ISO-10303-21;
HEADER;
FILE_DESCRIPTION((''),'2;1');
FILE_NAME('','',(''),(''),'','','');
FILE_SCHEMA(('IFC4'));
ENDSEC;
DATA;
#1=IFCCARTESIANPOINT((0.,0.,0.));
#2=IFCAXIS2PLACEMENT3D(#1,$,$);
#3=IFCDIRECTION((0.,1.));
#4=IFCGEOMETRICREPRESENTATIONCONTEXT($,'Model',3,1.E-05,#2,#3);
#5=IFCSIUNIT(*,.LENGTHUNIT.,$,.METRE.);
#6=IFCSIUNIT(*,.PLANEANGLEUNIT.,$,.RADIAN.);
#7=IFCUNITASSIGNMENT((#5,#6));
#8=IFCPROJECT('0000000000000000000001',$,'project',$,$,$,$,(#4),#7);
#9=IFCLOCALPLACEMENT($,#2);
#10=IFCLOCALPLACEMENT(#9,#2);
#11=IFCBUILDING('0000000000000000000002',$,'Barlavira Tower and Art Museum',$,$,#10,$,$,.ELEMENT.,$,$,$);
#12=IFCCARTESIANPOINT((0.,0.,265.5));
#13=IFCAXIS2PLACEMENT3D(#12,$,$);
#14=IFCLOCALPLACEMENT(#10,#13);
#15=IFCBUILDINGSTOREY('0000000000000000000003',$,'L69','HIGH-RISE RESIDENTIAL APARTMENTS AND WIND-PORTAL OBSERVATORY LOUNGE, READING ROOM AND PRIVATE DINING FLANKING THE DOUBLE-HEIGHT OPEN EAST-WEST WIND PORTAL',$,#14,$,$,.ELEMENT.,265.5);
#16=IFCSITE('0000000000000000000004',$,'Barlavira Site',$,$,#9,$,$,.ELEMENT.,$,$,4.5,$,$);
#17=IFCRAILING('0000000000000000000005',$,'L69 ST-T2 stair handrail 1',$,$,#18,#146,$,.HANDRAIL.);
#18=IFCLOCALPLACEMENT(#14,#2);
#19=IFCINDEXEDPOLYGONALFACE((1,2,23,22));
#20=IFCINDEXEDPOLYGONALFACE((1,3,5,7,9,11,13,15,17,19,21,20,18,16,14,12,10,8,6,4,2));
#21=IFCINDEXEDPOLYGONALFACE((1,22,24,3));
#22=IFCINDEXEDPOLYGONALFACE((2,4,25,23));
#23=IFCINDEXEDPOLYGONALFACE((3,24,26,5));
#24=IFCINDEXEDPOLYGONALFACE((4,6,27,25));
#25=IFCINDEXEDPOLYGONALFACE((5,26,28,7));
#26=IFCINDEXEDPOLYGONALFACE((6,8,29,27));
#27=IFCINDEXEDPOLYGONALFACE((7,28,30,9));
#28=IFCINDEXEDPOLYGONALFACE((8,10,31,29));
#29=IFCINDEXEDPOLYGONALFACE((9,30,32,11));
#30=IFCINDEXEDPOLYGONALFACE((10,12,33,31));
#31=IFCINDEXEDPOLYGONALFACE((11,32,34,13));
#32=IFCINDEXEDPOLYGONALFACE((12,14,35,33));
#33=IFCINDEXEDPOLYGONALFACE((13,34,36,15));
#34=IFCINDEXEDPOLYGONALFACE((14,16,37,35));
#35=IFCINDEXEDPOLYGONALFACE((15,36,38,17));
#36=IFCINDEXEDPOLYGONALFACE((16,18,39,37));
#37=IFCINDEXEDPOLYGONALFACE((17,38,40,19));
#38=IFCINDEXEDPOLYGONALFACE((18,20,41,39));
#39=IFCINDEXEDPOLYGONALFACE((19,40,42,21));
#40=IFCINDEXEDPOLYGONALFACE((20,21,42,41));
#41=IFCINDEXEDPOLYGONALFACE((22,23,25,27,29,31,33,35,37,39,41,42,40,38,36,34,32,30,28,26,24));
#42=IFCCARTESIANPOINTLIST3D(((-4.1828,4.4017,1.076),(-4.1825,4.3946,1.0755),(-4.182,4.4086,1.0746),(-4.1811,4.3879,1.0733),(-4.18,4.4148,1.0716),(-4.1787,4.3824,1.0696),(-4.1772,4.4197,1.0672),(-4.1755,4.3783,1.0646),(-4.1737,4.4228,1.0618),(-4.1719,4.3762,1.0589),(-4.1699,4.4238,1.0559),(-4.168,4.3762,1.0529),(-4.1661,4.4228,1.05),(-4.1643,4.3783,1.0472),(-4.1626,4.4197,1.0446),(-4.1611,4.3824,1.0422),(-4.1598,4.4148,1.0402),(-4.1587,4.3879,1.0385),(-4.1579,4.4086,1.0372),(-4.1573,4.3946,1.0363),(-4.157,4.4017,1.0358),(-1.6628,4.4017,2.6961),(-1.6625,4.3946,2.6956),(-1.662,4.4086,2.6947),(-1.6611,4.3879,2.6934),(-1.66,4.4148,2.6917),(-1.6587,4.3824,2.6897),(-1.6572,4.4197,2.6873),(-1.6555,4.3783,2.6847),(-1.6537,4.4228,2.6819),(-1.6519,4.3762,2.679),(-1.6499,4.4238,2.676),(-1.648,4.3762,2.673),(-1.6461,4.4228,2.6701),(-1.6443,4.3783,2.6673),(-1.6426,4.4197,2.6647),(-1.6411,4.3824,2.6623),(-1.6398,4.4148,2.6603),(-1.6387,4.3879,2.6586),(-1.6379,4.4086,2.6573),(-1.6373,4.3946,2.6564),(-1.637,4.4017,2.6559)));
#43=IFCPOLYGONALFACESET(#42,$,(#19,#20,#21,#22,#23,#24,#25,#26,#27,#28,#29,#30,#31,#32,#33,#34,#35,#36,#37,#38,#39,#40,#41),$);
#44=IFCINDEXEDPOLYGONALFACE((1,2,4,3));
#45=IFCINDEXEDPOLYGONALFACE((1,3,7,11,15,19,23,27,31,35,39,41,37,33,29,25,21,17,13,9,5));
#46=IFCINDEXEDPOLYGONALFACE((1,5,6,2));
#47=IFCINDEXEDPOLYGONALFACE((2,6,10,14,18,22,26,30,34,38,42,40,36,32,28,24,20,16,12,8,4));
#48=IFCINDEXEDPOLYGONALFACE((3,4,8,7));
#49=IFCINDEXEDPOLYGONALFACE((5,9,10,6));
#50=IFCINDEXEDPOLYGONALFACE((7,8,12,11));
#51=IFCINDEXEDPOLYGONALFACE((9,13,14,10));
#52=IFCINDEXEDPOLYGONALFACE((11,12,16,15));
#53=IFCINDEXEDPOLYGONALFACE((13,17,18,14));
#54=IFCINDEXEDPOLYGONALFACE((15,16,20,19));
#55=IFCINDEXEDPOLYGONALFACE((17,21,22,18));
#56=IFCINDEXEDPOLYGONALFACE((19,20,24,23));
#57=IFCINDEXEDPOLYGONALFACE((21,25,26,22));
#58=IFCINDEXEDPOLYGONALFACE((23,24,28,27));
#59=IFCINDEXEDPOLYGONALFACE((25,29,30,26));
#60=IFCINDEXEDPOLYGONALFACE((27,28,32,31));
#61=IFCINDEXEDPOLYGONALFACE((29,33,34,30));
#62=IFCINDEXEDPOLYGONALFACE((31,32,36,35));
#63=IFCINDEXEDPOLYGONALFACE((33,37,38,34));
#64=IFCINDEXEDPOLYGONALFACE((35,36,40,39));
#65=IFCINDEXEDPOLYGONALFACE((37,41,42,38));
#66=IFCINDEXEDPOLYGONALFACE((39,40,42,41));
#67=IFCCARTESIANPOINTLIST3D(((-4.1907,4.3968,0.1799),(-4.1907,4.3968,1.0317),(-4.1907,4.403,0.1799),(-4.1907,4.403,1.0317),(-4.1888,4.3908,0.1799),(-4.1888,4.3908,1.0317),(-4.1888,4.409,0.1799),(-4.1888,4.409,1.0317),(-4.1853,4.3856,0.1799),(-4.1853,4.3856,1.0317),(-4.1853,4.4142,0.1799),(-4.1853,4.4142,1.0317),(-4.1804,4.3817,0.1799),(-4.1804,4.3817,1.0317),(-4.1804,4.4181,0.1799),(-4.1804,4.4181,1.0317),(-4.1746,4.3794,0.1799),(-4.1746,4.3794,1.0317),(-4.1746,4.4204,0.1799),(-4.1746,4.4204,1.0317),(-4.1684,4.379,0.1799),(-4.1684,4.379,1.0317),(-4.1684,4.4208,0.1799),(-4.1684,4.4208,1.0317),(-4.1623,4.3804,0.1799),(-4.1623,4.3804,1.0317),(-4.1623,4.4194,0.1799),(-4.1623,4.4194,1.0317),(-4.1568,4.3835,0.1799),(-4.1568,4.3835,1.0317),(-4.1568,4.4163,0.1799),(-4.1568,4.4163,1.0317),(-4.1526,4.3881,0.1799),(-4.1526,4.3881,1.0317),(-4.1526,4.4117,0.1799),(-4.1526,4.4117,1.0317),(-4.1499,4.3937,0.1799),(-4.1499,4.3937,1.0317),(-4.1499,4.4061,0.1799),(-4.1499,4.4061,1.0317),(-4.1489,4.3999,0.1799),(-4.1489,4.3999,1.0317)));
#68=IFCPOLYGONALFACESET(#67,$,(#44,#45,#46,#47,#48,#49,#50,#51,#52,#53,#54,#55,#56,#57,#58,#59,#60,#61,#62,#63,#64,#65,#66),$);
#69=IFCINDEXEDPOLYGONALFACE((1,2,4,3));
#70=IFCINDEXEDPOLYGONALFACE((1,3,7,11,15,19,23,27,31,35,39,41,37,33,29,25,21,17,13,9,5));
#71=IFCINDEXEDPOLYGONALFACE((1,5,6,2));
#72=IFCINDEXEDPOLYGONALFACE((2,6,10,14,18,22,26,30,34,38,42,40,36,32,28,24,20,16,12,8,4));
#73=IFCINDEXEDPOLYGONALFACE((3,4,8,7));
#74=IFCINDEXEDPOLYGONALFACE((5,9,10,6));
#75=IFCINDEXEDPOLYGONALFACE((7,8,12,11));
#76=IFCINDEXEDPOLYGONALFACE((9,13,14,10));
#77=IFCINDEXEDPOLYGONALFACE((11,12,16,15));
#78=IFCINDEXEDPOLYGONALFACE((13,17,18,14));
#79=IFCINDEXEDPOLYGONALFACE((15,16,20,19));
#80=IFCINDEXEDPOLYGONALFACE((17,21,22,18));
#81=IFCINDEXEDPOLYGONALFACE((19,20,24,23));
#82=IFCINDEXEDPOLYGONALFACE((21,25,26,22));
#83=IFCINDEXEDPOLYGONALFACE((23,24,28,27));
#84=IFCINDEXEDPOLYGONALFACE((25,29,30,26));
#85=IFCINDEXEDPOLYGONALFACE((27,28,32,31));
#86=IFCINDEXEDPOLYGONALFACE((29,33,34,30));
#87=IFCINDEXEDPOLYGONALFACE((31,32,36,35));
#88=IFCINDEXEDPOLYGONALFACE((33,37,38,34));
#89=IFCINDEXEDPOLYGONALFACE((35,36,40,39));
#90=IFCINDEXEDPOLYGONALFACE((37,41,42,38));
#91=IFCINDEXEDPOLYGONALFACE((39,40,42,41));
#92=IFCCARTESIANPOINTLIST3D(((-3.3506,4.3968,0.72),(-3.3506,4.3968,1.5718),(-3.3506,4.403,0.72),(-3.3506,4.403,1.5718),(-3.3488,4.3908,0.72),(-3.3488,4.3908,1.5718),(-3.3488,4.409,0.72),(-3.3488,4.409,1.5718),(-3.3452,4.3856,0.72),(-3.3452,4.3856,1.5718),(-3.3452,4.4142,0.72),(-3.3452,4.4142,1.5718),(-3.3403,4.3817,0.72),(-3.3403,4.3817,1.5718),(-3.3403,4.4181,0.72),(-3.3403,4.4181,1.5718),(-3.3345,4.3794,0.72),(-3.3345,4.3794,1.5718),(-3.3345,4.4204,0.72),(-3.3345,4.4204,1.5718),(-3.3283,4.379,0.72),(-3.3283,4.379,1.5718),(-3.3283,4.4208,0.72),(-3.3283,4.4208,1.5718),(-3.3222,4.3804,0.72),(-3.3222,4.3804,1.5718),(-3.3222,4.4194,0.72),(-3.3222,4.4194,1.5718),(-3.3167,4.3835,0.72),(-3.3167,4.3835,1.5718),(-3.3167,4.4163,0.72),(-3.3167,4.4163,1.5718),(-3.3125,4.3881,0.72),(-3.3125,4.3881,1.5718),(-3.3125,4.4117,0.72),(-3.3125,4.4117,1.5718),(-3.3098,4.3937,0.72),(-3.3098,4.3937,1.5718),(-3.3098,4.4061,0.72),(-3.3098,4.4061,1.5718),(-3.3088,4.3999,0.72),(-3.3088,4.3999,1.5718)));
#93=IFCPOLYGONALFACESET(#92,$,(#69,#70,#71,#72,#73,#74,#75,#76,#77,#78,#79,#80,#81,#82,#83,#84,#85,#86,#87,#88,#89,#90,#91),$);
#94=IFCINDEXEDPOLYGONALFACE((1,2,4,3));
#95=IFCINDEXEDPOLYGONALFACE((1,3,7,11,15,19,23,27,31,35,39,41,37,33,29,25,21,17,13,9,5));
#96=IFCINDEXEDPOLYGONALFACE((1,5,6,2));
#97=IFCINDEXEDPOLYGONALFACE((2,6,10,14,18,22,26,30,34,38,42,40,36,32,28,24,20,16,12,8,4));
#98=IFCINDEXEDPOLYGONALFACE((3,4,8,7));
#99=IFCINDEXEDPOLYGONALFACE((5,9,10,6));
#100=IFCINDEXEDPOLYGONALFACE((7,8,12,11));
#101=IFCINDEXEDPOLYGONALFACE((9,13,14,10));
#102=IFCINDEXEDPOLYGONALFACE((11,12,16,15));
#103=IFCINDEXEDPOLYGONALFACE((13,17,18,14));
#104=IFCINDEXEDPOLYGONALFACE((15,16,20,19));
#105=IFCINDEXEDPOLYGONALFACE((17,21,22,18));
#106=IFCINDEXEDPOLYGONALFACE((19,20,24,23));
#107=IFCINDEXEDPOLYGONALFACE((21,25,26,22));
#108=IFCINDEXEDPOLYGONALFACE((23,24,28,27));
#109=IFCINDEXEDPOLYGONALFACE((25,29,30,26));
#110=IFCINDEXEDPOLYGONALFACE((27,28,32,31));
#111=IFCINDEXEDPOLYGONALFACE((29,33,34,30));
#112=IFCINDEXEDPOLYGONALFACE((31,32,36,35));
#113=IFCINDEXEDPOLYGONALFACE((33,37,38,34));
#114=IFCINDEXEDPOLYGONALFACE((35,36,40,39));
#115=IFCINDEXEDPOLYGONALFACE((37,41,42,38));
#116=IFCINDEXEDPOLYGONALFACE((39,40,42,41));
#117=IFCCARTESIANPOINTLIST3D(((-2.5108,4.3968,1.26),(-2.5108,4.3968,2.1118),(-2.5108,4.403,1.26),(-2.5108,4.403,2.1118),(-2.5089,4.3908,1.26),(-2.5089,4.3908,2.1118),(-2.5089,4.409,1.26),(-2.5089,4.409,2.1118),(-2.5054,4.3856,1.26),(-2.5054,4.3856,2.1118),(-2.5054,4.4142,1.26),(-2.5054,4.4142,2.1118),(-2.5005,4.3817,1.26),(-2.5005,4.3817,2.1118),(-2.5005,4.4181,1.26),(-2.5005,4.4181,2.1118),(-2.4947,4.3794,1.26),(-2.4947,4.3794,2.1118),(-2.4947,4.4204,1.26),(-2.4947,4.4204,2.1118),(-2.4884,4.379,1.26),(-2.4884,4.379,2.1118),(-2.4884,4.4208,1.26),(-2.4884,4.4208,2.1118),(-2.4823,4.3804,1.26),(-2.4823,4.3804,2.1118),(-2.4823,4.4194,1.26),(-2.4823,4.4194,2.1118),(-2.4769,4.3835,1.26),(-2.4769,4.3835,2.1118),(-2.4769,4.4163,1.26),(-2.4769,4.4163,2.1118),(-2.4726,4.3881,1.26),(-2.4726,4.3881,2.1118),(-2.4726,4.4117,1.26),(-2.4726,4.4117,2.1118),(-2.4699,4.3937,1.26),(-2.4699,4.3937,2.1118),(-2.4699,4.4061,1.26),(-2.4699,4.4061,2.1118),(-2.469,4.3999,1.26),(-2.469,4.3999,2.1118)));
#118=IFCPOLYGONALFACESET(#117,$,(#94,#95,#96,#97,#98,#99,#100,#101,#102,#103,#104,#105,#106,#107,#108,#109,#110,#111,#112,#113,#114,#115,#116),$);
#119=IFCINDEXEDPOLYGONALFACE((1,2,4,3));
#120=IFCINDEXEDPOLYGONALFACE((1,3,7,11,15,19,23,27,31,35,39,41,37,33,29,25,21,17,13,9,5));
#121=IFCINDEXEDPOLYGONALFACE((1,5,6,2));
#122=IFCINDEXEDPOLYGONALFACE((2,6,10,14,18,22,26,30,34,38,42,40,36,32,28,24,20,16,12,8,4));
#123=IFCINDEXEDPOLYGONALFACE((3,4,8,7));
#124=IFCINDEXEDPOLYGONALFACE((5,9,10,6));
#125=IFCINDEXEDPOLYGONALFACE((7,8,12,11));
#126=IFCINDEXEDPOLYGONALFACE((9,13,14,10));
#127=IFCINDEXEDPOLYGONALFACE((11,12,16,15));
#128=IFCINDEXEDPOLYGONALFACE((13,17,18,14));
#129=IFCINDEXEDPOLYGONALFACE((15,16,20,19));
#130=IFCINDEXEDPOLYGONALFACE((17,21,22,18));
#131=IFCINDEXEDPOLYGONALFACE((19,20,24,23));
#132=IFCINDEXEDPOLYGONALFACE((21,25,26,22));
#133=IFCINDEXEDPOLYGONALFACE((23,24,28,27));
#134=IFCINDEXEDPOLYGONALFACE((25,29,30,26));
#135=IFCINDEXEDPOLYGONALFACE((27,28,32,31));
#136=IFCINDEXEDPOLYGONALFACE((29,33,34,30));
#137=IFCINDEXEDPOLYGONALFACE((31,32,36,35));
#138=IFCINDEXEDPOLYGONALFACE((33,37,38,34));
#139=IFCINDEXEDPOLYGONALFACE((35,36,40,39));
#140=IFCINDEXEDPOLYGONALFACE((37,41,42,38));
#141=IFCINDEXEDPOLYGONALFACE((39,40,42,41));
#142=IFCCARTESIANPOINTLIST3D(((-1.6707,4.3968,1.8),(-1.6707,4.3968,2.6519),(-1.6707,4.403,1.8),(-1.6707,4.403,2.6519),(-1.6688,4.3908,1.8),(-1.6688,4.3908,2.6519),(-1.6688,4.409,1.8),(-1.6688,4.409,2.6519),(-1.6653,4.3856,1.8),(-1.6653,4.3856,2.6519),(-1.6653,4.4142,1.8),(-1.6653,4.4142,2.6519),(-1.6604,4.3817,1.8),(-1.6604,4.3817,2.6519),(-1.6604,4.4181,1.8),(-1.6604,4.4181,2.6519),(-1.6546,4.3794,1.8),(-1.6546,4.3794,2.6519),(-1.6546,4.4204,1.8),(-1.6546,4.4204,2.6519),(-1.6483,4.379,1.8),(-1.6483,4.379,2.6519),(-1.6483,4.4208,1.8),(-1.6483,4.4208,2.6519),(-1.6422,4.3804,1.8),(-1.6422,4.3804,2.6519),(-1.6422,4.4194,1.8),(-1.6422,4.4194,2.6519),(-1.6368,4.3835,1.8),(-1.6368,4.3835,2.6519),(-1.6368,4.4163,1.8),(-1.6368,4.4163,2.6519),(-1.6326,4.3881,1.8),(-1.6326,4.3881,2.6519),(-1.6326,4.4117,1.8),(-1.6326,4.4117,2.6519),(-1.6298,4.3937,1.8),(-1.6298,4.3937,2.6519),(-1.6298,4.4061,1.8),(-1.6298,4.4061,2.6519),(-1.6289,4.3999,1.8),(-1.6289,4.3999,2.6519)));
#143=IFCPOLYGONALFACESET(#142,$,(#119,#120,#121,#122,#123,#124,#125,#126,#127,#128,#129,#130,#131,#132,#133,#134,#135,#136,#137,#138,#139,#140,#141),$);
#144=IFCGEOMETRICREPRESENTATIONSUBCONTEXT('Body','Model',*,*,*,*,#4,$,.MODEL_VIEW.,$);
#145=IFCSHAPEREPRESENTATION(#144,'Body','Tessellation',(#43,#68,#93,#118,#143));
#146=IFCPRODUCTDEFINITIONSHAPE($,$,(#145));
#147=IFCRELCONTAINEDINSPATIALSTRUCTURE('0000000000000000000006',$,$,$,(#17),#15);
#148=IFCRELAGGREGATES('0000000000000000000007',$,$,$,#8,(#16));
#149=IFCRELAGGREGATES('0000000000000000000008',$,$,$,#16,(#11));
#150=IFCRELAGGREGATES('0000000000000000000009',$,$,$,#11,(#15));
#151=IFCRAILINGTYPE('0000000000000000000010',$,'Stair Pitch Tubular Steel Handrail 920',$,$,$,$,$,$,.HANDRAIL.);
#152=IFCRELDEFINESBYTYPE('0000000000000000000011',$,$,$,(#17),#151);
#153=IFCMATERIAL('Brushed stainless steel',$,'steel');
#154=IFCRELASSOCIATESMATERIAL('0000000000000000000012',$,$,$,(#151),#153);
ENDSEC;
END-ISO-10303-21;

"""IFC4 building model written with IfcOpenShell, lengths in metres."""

from ifc_helpers import new_model, si_unit, direction, frame, origin, origin_2d, place, context, subcontext, project, spatial, circle, extrude, material, type_object, element, save


model = new_model("IFC4")

# Units and contexts
model_context = context("Model", 3, precision=1e-05, world=origin(), true_north=direction((0.0, 1.0)))
body_context = subcontext(model_context, "Body", "Model", "MODEL_VIEW")
ifc_project = project(units=[si_unit("LENGTHUNIT", "METRE"), si_unit("PLANEANGLEUNIT", "RADIAN")], contexts=[model_context])

# Site, building, storey
site_placement = place(None, origin())
site = spatial("IfcSite", under=ifc_project, at=site_placement, Name="Barlavira Site", CompositionType="ELEMENT", RefElevation=4.5)
building_placement = place(site_placement, origin())
building = spatial("IfcBuilding", under=site, at=building_placement, Name="Barlavira Tower and Art Museum", CompositionType="ELEMENT")
storey_placement = place(building_placement, frame((0.0, 0.0, 265.5)))
storey = spatial("IfcBuildingStorey", under=building, at=storey_placement, Name="L69", Description="HIGH-RISE RESIDENTIAL APARTMENTS AND WIND-PORTAL OBSERVATORY LOUNGE, READING ROOM AND PRIVATE DINING FLANKING THE DOUBLE-HEIGHT OPEN EAST-WEST WIND PORTAL", CompositionType="ELEMENT", Elevation=265.5)

# Shared definitions
ifc_material_1 = material(Name="Brushed stainless steel", Category="steel")

# Railing
railing_type_1 = type_object("IfcRailingType", Name="Stair Pitch Tubular Steel Handrail 920", PredefinedType="HANDRAIL", material=ifc_material_1)
railing_1_placement = place(storey_placement, frame((-4.1699, 4.3999, 0.1799)))
element("IfcRailing", 1, at=railing_1_placement, inside=storey, type_object=railing_type_1, Name="L69 ST-T2 stair handrail 1", PredefinedType="HANDRAIL", context=body_context, shape_type="SweptSolid", body=[
    extrude(circle(Radius=0.0239, at=origin_2d()), frame((0.0, 0.0, 0.876), z_axis=(0.841163, 0.0, 0.540782), x_axis=(0.0, 1.0, 0.0)), (0.0, 0.0, 1.0), 2.9958),
    extrude(circle(Radius=0.021, at=origin_2d()), origin(), (0.0, 0.0, 1.0), 0.8518),
    extrude(circle(Radius=0.021, at=origin_2d()), frame((0.8401, 0.0, 0.54)), (0.0, 0.0, 1.0), 0.8518),
    extrude(circle(Radius=0.021, at=origin_2d()), frame((1.6799, 0.0, 1.0801)), (0.0, 0.0, 1.0), 0.8518),
    extrude(circle(Radius=0.021, at=origin_2d()), frame((2.52, 0.0, 1.6201)), (0.0, 0.0, 1.0), 0.8518),
])

save(model, "model.ifc")
